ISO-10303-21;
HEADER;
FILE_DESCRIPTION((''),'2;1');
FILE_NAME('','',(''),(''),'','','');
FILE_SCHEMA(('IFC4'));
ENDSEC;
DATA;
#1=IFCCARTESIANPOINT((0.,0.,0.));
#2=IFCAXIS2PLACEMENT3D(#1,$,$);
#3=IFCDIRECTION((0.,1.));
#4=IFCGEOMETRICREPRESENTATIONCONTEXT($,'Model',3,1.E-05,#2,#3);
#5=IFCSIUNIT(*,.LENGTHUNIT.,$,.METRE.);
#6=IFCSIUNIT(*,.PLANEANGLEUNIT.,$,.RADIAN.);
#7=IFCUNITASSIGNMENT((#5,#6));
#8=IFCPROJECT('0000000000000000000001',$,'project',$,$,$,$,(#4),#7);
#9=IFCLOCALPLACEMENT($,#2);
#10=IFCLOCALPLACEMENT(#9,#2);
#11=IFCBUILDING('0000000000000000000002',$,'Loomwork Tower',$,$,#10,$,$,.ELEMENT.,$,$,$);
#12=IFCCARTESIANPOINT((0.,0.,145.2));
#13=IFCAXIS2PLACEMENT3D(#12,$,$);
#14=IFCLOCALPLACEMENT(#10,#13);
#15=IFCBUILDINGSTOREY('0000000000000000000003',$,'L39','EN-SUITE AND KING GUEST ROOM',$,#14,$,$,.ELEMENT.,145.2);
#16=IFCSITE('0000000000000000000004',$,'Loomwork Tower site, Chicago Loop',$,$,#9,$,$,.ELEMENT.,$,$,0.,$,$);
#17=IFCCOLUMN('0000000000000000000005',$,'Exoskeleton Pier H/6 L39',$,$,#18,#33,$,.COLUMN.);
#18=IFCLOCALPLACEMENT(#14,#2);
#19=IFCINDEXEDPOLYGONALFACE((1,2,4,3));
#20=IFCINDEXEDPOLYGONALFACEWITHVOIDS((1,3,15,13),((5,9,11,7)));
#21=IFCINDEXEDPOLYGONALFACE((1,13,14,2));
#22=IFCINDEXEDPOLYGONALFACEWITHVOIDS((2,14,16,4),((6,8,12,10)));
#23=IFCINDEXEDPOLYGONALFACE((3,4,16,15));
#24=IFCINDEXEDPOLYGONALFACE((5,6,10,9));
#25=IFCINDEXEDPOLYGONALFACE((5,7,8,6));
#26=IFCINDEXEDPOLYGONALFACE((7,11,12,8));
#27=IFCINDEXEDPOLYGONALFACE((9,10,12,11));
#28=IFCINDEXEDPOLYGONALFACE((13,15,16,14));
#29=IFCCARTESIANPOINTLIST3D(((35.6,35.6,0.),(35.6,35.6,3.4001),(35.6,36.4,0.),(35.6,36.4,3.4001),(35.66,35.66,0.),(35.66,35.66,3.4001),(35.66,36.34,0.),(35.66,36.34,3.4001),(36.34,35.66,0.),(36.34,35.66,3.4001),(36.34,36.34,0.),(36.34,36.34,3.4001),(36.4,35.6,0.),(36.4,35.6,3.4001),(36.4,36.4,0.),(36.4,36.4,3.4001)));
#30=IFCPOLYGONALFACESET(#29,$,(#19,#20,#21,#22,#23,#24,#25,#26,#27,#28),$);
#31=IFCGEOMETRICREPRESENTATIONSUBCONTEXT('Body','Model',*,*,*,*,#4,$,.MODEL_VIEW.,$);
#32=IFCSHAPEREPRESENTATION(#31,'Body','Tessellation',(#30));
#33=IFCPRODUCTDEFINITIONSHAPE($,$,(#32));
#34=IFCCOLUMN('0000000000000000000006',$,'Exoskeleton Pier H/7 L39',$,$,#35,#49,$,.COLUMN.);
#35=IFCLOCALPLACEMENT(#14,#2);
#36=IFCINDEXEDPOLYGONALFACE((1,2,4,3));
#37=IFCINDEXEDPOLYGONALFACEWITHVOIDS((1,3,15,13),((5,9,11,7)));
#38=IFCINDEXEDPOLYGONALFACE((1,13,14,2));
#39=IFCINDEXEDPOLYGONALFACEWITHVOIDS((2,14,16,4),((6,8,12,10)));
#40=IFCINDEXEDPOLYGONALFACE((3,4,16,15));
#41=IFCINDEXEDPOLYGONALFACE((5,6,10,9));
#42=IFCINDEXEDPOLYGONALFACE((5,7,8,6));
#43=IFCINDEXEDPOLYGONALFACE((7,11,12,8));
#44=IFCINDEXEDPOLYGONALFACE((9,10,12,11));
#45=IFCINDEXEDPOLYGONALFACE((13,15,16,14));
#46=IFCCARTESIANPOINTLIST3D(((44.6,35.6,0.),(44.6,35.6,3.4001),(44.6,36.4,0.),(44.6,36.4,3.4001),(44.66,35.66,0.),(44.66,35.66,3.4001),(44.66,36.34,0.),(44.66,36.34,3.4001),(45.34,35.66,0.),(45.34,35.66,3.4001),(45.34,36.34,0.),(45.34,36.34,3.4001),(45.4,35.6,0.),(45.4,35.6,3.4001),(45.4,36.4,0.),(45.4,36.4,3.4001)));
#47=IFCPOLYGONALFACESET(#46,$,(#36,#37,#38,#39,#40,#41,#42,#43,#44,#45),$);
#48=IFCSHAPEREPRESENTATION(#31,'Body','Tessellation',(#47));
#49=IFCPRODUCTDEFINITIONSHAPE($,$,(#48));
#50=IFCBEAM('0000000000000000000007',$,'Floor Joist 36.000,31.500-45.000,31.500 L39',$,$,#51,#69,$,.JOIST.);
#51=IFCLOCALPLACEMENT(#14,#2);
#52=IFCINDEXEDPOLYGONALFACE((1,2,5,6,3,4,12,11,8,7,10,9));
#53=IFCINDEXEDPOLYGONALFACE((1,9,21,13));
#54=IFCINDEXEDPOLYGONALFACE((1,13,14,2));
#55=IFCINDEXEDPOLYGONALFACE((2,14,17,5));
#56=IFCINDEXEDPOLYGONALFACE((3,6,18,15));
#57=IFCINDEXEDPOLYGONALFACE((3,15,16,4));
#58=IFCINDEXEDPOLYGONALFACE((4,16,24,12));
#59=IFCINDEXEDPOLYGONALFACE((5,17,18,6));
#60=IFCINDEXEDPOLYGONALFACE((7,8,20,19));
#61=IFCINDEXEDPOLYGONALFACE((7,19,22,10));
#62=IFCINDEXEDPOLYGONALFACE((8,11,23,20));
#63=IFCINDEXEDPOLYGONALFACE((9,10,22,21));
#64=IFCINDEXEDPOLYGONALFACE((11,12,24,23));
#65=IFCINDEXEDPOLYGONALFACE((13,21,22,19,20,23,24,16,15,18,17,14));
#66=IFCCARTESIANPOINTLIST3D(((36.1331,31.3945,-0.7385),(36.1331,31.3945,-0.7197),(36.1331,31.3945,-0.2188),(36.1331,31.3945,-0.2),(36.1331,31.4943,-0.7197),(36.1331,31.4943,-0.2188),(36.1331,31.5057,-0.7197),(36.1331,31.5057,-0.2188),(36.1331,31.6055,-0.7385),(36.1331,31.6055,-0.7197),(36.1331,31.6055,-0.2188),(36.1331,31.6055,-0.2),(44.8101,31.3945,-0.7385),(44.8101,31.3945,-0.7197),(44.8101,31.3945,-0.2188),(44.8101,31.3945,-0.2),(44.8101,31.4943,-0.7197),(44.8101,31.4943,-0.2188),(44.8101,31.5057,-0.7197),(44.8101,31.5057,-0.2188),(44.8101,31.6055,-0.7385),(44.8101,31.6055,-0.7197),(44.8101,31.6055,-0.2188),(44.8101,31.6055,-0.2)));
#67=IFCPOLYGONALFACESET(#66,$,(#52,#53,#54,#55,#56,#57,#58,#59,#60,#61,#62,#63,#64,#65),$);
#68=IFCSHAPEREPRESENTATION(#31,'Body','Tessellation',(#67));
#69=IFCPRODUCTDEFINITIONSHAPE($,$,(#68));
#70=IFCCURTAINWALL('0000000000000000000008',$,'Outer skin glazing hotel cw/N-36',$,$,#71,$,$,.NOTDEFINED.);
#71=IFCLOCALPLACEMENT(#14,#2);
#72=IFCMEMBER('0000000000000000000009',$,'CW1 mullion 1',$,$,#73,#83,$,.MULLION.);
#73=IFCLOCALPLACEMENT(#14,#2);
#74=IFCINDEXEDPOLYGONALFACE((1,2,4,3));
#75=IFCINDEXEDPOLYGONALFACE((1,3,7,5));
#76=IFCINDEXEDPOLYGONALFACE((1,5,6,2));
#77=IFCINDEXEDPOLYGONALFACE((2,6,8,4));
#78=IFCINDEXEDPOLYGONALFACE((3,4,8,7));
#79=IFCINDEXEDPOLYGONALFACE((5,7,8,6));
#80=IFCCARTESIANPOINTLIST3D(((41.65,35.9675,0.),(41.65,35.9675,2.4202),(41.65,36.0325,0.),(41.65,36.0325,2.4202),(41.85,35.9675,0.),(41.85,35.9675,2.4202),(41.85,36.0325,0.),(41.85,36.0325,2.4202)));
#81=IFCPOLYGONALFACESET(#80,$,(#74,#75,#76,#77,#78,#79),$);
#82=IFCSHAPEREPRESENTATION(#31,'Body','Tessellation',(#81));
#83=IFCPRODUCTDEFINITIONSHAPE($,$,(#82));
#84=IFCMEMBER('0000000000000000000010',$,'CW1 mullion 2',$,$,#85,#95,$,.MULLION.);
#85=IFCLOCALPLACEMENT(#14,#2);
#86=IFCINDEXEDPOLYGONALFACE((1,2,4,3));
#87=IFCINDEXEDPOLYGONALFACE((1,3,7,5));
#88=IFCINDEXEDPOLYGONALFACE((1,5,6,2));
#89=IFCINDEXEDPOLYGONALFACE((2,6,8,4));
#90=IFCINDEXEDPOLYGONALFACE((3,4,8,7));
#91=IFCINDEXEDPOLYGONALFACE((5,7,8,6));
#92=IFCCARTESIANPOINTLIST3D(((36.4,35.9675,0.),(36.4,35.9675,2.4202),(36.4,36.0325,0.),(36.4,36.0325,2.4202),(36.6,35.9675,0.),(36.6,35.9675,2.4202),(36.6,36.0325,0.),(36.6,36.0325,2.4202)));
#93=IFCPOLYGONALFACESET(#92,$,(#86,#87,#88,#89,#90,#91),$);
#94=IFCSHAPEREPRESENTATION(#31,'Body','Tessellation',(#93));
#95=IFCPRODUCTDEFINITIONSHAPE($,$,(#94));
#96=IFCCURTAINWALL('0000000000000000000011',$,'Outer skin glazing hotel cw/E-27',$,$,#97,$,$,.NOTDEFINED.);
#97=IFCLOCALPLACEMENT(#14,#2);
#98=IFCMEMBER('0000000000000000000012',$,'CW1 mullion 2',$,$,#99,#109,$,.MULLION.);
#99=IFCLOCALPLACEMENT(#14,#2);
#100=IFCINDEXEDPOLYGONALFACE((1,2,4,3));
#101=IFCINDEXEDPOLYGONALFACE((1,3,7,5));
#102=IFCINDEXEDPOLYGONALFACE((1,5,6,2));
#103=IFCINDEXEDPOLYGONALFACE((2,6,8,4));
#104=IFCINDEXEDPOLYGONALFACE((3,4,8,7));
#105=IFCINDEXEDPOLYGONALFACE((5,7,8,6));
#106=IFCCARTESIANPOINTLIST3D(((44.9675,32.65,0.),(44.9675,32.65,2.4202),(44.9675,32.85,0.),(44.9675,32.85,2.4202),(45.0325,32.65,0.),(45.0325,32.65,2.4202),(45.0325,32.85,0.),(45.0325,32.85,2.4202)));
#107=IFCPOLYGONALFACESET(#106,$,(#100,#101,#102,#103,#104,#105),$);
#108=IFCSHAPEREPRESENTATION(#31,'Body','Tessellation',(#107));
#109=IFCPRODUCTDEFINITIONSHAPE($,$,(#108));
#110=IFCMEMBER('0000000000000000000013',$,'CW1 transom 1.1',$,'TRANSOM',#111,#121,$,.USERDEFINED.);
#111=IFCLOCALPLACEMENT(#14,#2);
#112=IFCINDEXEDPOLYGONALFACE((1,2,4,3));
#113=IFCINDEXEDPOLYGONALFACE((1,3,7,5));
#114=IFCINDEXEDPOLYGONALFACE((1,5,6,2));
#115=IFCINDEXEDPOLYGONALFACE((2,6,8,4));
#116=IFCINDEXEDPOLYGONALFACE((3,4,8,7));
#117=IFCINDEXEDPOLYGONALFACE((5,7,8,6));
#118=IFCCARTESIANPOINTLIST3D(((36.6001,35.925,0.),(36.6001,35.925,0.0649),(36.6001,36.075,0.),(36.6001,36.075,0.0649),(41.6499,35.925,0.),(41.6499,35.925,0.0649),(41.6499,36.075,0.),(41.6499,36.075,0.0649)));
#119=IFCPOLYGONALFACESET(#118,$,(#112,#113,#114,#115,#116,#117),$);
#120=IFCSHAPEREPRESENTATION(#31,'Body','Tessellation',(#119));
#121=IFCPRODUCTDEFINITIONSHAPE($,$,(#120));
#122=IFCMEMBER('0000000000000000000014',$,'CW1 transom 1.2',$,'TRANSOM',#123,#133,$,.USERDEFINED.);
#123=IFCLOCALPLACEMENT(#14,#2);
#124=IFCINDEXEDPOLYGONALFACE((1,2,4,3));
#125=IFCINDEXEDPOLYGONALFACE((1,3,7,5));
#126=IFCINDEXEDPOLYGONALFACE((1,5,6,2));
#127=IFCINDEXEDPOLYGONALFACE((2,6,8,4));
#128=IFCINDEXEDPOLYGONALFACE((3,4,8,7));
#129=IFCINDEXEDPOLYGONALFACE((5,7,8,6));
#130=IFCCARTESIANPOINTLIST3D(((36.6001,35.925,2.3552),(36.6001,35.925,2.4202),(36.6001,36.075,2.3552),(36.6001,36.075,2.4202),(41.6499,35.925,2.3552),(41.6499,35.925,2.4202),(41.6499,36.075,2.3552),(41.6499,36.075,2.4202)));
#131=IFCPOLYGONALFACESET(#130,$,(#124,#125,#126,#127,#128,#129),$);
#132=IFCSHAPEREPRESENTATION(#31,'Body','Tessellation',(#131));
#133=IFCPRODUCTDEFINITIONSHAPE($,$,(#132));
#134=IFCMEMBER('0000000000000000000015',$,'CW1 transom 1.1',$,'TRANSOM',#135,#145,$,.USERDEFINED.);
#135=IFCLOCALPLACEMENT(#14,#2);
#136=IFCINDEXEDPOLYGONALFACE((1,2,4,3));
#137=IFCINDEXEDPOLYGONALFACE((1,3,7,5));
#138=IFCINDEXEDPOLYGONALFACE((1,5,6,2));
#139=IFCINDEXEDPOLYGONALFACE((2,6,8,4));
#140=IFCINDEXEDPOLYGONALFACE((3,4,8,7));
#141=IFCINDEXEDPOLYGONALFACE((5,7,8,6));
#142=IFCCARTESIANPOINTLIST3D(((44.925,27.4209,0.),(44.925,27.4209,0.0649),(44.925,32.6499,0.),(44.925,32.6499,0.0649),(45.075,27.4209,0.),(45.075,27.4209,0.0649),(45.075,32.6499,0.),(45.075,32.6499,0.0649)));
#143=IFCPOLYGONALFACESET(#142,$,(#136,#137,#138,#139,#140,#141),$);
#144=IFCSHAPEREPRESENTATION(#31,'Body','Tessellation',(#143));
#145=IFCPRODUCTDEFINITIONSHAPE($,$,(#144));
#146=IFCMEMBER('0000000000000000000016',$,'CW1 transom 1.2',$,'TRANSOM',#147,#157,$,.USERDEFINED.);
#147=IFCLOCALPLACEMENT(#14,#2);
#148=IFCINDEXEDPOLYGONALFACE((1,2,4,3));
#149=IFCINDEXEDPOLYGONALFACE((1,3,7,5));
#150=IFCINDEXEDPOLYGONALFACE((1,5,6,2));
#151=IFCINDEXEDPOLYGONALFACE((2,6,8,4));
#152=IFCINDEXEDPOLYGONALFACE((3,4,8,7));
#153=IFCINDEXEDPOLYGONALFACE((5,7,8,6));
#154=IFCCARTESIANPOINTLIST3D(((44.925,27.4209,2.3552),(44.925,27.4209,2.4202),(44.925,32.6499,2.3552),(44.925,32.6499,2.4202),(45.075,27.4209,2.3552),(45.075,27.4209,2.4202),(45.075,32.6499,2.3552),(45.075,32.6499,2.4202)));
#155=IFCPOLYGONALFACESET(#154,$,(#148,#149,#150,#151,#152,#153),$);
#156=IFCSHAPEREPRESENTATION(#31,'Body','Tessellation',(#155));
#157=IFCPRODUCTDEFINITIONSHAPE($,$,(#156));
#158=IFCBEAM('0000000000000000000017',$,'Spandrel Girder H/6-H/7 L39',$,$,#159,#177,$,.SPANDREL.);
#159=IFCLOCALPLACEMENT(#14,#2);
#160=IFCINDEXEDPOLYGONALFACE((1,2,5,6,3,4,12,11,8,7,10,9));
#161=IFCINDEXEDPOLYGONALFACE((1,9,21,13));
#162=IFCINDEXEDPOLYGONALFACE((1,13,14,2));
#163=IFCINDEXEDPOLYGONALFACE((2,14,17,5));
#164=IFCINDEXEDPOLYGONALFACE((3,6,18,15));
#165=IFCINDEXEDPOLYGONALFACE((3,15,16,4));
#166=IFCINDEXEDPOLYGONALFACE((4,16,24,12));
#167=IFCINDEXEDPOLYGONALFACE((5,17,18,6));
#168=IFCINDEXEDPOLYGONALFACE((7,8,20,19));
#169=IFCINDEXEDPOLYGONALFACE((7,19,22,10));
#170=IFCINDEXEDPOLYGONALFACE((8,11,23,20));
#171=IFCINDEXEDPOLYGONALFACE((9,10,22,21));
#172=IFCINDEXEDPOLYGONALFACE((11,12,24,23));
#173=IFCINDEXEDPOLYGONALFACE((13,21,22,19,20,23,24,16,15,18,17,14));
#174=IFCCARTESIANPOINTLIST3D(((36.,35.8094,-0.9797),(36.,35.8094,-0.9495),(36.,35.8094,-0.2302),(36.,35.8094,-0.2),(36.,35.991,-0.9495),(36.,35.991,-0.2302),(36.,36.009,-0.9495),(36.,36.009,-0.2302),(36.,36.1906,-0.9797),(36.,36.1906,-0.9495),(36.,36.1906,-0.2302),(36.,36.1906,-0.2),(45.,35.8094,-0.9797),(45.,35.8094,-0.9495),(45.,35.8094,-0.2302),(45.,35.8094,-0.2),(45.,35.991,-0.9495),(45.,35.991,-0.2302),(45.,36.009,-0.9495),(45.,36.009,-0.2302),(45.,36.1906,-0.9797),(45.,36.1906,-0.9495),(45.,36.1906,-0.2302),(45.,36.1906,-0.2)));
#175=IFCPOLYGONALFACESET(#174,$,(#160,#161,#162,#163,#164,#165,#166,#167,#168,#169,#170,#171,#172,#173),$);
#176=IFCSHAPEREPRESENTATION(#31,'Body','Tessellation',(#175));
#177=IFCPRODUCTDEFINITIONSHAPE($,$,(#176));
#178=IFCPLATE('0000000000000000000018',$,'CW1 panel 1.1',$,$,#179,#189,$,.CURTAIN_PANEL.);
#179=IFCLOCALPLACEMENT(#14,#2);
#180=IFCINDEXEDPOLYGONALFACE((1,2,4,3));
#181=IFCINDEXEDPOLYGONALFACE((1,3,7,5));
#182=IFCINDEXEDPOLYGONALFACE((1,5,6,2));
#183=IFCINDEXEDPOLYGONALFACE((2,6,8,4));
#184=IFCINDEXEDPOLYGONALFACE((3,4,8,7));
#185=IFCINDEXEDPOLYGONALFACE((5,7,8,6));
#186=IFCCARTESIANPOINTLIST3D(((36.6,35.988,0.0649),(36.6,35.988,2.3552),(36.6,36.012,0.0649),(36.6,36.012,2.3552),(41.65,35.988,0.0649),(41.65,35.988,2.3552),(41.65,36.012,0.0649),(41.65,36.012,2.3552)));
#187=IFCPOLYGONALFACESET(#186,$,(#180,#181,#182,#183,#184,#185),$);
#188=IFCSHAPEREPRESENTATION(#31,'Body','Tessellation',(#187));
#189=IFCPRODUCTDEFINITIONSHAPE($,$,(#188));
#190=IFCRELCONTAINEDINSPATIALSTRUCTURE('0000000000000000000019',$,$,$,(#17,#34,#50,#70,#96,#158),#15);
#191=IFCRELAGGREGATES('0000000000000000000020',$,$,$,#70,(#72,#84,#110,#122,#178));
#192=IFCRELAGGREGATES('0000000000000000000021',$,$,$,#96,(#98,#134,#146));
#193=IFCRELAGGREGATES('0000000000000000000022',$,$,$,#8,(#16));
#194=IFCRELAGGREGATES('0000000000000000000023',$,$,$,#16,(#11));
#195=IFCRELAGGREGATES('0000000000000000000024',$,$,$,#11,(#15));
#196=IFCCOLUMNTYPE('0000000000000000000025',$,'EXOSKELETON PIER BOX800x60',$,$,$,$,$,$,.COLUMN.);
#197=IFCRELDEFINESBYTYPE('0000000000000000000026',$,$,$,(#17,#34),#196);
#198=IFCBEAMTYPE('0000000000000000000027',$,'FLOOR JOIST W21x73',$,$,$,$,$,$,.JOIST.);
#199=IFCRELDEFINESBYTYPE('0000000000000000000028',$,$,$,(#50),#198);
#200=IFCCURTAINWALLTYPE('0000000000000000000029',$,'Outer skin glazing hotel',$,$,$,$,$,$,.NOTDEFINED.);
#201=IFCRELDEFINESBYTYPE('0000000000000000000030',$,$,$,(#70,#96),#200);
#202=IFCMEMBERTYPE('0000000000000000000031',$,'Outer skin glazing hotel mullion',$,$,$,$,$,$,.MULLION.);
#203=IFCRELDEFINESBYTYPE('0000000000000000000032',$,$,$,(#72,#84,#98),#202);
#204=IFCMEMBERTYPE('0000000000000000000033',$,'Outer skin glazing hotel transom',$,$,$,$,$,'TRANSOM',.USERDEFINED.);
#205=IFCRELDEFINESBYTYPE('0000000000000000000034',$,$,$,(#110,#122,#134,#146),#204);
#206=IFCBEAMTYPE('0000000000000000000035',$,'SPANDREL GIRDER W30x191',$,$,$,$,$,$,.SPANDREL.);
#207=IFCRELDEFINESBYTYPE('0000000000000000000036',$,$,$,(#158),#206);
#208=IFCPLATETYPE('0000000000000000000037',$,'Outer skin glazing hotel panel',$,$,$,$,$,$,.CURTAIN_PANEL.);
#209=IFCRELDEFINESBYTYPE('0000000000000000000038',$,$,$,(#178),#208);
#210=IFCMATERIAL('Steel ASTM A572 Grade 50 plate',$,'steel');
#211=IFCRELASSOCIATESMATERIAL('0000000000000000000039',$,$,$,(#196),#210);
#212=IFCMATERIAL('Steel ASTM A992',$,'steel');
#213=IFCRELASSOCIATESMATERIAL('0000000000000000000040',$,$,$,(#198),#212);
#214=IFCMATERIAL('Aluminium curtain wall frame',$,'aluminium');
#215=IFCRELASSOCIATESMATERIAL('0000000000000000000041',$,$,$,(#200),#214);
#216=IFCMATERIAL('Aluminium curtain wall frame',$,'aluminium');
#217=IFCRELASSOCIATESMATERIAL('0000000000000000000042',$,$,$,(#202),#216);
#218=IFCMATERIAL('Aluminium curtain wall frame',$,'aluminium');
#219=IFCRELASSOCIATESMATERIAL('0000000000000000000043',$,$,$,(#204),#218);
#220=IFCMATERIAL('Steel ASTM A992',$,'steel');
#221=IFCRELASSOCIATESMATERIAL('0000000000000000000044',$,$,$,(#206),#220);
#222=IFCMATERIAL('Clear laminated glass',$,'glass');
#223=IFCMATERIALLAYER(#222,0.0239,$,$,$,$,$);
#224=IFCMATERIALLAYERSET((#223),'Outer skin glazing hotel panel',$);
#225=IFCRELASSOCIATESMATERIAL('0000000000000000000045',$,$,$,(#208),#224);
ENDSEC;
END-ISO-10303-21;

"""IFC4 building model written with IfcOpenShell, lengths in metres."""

from ifc_helpers import new_model, si_unit, direction, frame, origin, origin_2d, place, context, subcontext, project, spatial, rectangle, hollow_rectangle, i_section, extrude, material, layer, layer_set, material_profile, profile_set, type_object, element, aggregate, save


model = new_model("IFC4")

# Units and contexts
model_context = context("Model", 3, precision=1e-05, world=origin(), true_north=direction((0.0, 1.0)))
body_context = subcontext(model_context, "Body", "Model", "MODEL_VIEW")
ifc_project = project(units=[si_unit("LENGTHUNIT", "METRE"), si_unit("PLANEANGLEUNIT", "RADIAN")], contexts=[model_context])

# Site, building, storey
site_placement = place(None, origin())
site = spatial("IfcSite", under=ifc_project, at=site_placement, Name="Loomwork Tower site, Chicago Loop", CompositionType="ELEMENT", RefElevation=0.0)
building_placement = place(site_placement, origin())
building = spatial("IfcBuilding", under=site, at=building_placement, Name="Loomwork Tower", CompositionType="ELEMENT")
storey_placement = place(building_placement, frame((0.0, 0.0, 145.2)))
storey = spatial("IfcBuildingStorey", under=building, at=storey_placement, Name="L39", Description="EN-SUITE AND KING GUEST ROOM", CompositionType="ELEMENT", Elevation=145.2)

# Columns
ifc_material_1 = material(Name="Steel ASTM A572 Grade 50 plate", Category="steel")
ifc_material_profile_1 = material_profile(ifc_material_1, hollow_rectangle(XDim=0.8, YDim=0.8, WallThickness=0.0601, at=origin_2d()), Name="BOX800x60")
ifc_profile_set_1 = profile_set([ifc_material_profile_1], Name="Steel ASTM A572 Grade 50 plate")
column_type = type_object("IfcColumnType", Name="EXOSKELETON PIER BOX800x60", PredefinedType="COLUMN", material=ifc_profile_set_1)
for number, where, z_axis, x_axis, name in (
    (1, (36.0, 36.0, 0.0), (0.0, 0.0, 1.0), (1.0, 0.0, 0.0), "Exoskeleton Pier H/6 L39"),
    (2, (45.0, 36.0, 0.0), (0.0, 0.0, 1.0), (1.0, 0.0, 0.0), "Exoskeleton Pier H/7 L39"),
):
    element("IfcColumn", number, at=place(storey_placement, frame(where, z_axis=z_axis, x_axis=x_axis)), inside=storey, type_object=column_type, Name=name, PredefinedType="COLUMN", context=body_context, shape_type="SweptSolid", body=[
        extrude(hollow_rectangle(XDim=0.8, YDim=0.8, WallThickness=0.0601, at=origin_2d()), origin(), (0.0, 0.0, 1.0), 3.4001),
    ])

# Beam
ifc_material_2 = material(Name="Steel ASTM A992", Category="steel")
ifc_material_profile_2 = material_profile(ifc_material_2, i_section(OverallWidth=0.2109, OverallDepth=0.5386, WebThickness=0.0115, FlangeThickness=0.0188, at=origin_2d()), Name="W21x73")
ifc_profile_set_2 = profile_set([ifc_material_profile_2], Name="Steel ASTM A992")
beam_type_1 = type_object("IfcBeamType", Name="FLOOR JOIST W21x73", PredefinedType="JOIST", material=ifc_profile_set_2)
beam_1_placement = place(storey_placement, frame((36.1331, 31.5, -0.4692), z_axis=(1.0, 0.0, 0.0), x_axis=(0.0, 1.0, 0.0)))
element("IfcBeam", 3, at=beam_1_placement, inside=storey, type_object=beam_type_1, Name="Floor Joist 36.000,31.500-45.000,31.500 L39", PredefinedType="JOIST", context=body_context, shape_type="SweptSolid", body=[
    extrude(i_section(OverallWidth=0.2109, OverallDepth=0.5386, WebThickness=0.0115, FlangeThickness=0.0188, at=origin_2d()), origin(), (0.0, 0.0, 1.0), 8.677),
])

# Curtain wall, members
ifc_material_3 = material(Name="Aluminium curtain wall frame", Category="aluminium")
curtain_wall_type = type_object("IfcCurtainWallType", Name="Outer skin glazing hotel", PredefinedType="NOTDEFINED", material=ifc_material_3)
curtain_wall_1_placement = place(storey_placement, origin())
curtain_wall_1 = element("IfcCurtainWall", 4, at=curtain_wall_1_placement, inside=storey, type_object=curtain_wall_type, Name="Outer skin glazing hotel cw/N-36", PredefinedType="NOTDEFINED")
ifc_material_4 = material(Name="Aluminium curtain wall frame", Category="aluminium")
ifc_material_profile_3 = material_profile(ifc_material_4, rectangle(XDim=0.0649, YDim=0.2, at=origin_2d()), Name="AL 65x200")
ifc_profile_set_3 = profile_set([ifc_material_profile_3], Name="Aluminium curtain wall frame")
member_type_1 = type_object("IfcMemberType", Name="Outer skin glazing hotel mullion", PredefinedType="MULLION", material=ifc_profile_set_3)
member_1_placement = place(storey_placement, frame((41.75, 36.0, 0.0), z_axis=(0.0, 0.0, 1.0), x_axis=(0.0, -1.0, 0.0)))
member_1 = element("IfcMember", 5, at=member_1_placement, type_object=member_type_1, Name="CW1 mullion 1", PredefinedType="MULLION", context=body_context, shape_type="SweptSolid", body=[
    extrude(rectangle(XDim=0.0649, YDim=0.2, at=origin_2d()), origin(), (0.0, 0.0, 1.0), 2.4202),
])
member_2_placement = place(storey_placement, frame((36.5, 36.0, 0.0), z_axis=(0.0, 0.0, 1.0), x_axis=(0.0, -1.0, 0.0)))
member_2 = element("IfcMember", 6, at=member_2_placement, type_object=member_type_1, Name="CW1 mullion 2", PredefinedType="MULLION", context=body_context, shape_type="SweptSolid", body=[
    extrude(rectangle(XDim=0.0649, YDim=0.2, at=origin_2d()), origin(), (0.0, 0.0, 1.0), 2.4202),
])

# Curtain wall, member
curtain_wall_2_placement = place(storey_placement, origin())
curtain_wall_2 = element("IfcCurtainWall", 7, at=curtain_wall_2_placement, inside=storey, type_object=curtain_wall_type, Name="Outer skin glazing hotel cw/E-27", PredefinedType="NOTDEFINED")
member_3_placement = place(storey_placement, frame((45.0, 32.75, 0.0), z_axis=(0.0, 0.0, 1.0), x_axis=(-1.0, 0.0, 0.0)))
member_3 = element("IfcMember", 8, at=member_3_placement, type_object=member_type_1, Name="CW1 mullion 2", PredefinedType="MULLION", context=body_context, shape_type="SweptSolid", body=[
    extrude(rectangle(XDim=0.0649, YDim=0.2, at=origin_2d()), origin(), (0.0, 0.0, 1.0), 2.4202),
])

# Members
ifc_material_5 = material(Name="Aluminium curtain wall frame", Category="aluminium")
ifc_material_profile_4 = material_profile(ifc_material_5, rectangle(XDim=0.1499, YDim=0.0649, at=origin_2d()), Name="AL 65x150")
ifc_profile_set_4 = profile_set([ifc_material_profile_4], Name="Aluminium curtain wall frame")
member_type_2 = type_object("IfcMemberType", Name="Outer skin glazing hotel transom", ElementType="TRANSOM", PredefinedType="USERDEFINED", material=ifc_profile_set_4)
member_4_placement = place(storey_placement, frame((41.6499, 36.0, 0.0325), z_axis=(-1.0, 0.0, 0.0), x_axis=(0.0, -1.0, 0.0)))
member_4 = element("IfcMember", 9, at=member_4_placement, type_object=member_type_2, Name="CW1 transom 1.1", ObjectType="TRANSOM", PredefinedType="USERDEFINED", context=body_context, shape_type="SweptSolid", body=[
    extrude(rectangle(XDim=0.1499, YDim=0.0649, at=origin_2d()), origin(), (0.0, 0.0, 1.0), 5.0498),
])
member_5_placement = place(storey_placement, frame((41.6499, 36.0, 2.3877), z_axis=(-1.0, 0.0, 0.0), x_axis=(0.0, -1.0, 0.0)))
member_5 = element("IfcMember", 10, at=member_5_placement, type_object=member_type_2, Name="CW1 transom 1.2", ObjectType="TRANSOM", PredefinedType="USERDEFINED", context=body_context, shape_type="SweptSolid", body=[
    extrude(rectangle(XDim=0.1499, YDim=0.0649, at=origin_2d()), origin(), (0.0, 0.0, 1.0), 5.0498),
])
member_6_placement = place(storey_placement, frame((45.0, 27.4209, 0.0325), z_axis=(0.0, 1.0, 0.0), x_axis=(-1.0, 0.0, 0.0)))
member_6 = element("IfcMember", 11, at=member_6_placement, type_object=member_type_2, Name="CW1 transom 1.1", ObjectType="TRANSOM", PredefinedType="USERDEFINED", context=body_context, shape_type="SweptSolid", body=[
    extrude(rectangle(XDim=0.1499, YDim=0.0649, at=origin_2d()), origin(), (0.0, 0.0, 1.0), 5.229),
])
member_7_placement = place(storey_placement, frame((45.0, 27.4209, 2.3877), z_axis=(0.0, 1.0, 0.0), x_axis=(-1.0, 0.0, 0.0)))
member_7 = element("IfcMember", 12, at=member_7_placement, type_object=member_type_2, Name="CW1 transom 1.2", ObjectType="TRANSOM", PredefinedType="USERDEFINED", context=body_context, shape_type="SweptSolid", body=[
    extrude(rectangle(XDim=0.1499, YDim=0.0649, at=origin_2d()), origin(), (0.0, 0.0, 1.0), 5.229),
])

# Beam
ifc_material_6 = material(Name="Steel ASTM A992", Category="steel")
ifc_material_profile_5 = material_profile(ifc_material_6, i_section(OverallWidth=0.3811, OverallDepth=0.7798, WebThickness=0.0181, FlangeThickness=0.0303, at=origin_2d()), Name="W30x191")
ifc_profile_set_5 = profile_set([ifc_material_profile_5], Name="Steel ASTM A992")
beam_type_2 = type_object("IfcBeamType", Name="SPANDREL GIRDER W30x191", PredefinedType="SPANDREL", material=ifc_profile_set_5)
beam_2_placement = place(storey_placement, frame((36.0, 36.0, -0.5898), z_axis=(1.0, 0.0, 0.0), x_axis=(0.0, 1.0, 0.0)))
element("IfcBeam", 13, at=beam_2_placement, inside=storey, type_object=beam_type_2, Name="Spandrel Girder H/6-H/7 L39", PredefinedType="SPANDREL", context=body_context, shape_type="SweptSolid", body=[
    extrude(i_section(OverallWidth=0.3811, OverallDepth=0.7798, WebThickness=0.0181, FlangeThickness=0.0303, at=origin_2d()), origin(), (0.0, 0.0, 1.0), 9.0),
])

# Plate
ifc_material_7 = material(Name="Clear laminated glass", Category="glass")
ifc_layer_1 = layer(ifc_material_7, 0.0239)
ifc_layer_set_1 = layer_set([ifc_layer_1], Name="Outer skin glazing hotel panel")
plate_type = type_object("IfcPlateType", Name="Outer skin glazing hotel panel", PredefinedType="CURTAIN_PANEL", material=ifc_layer_set_1)
plate_1_placement = place(storey_placement, frame((39.125, 36.0, 0.0649), z_axis=(0.0, 0.0, 1.0), x_axis=(-1.0, 0.0, 0.0)))
plate_1 = element("IfcPlate", 14, at=plate_1_placement, type_object=plate_type, Name="CW1 panel 1.1", PredefinedType="CURTAIN_PANEL", context=body_context, shape_type="SweptSolid", body=[
    extrude(rectangle(XDim=5.05, YDim=0.0239, at=origin_2d()), origin(), (0.0, 0.0, 1.0), 2.2903),
])
aggregate(curtain_wall_1, [member_1, member_2, member_4, member_5, plate_1])
aggregate(curtain_wall_2, [member_3, member_6, member_7])

save(model, "model.ifc")
